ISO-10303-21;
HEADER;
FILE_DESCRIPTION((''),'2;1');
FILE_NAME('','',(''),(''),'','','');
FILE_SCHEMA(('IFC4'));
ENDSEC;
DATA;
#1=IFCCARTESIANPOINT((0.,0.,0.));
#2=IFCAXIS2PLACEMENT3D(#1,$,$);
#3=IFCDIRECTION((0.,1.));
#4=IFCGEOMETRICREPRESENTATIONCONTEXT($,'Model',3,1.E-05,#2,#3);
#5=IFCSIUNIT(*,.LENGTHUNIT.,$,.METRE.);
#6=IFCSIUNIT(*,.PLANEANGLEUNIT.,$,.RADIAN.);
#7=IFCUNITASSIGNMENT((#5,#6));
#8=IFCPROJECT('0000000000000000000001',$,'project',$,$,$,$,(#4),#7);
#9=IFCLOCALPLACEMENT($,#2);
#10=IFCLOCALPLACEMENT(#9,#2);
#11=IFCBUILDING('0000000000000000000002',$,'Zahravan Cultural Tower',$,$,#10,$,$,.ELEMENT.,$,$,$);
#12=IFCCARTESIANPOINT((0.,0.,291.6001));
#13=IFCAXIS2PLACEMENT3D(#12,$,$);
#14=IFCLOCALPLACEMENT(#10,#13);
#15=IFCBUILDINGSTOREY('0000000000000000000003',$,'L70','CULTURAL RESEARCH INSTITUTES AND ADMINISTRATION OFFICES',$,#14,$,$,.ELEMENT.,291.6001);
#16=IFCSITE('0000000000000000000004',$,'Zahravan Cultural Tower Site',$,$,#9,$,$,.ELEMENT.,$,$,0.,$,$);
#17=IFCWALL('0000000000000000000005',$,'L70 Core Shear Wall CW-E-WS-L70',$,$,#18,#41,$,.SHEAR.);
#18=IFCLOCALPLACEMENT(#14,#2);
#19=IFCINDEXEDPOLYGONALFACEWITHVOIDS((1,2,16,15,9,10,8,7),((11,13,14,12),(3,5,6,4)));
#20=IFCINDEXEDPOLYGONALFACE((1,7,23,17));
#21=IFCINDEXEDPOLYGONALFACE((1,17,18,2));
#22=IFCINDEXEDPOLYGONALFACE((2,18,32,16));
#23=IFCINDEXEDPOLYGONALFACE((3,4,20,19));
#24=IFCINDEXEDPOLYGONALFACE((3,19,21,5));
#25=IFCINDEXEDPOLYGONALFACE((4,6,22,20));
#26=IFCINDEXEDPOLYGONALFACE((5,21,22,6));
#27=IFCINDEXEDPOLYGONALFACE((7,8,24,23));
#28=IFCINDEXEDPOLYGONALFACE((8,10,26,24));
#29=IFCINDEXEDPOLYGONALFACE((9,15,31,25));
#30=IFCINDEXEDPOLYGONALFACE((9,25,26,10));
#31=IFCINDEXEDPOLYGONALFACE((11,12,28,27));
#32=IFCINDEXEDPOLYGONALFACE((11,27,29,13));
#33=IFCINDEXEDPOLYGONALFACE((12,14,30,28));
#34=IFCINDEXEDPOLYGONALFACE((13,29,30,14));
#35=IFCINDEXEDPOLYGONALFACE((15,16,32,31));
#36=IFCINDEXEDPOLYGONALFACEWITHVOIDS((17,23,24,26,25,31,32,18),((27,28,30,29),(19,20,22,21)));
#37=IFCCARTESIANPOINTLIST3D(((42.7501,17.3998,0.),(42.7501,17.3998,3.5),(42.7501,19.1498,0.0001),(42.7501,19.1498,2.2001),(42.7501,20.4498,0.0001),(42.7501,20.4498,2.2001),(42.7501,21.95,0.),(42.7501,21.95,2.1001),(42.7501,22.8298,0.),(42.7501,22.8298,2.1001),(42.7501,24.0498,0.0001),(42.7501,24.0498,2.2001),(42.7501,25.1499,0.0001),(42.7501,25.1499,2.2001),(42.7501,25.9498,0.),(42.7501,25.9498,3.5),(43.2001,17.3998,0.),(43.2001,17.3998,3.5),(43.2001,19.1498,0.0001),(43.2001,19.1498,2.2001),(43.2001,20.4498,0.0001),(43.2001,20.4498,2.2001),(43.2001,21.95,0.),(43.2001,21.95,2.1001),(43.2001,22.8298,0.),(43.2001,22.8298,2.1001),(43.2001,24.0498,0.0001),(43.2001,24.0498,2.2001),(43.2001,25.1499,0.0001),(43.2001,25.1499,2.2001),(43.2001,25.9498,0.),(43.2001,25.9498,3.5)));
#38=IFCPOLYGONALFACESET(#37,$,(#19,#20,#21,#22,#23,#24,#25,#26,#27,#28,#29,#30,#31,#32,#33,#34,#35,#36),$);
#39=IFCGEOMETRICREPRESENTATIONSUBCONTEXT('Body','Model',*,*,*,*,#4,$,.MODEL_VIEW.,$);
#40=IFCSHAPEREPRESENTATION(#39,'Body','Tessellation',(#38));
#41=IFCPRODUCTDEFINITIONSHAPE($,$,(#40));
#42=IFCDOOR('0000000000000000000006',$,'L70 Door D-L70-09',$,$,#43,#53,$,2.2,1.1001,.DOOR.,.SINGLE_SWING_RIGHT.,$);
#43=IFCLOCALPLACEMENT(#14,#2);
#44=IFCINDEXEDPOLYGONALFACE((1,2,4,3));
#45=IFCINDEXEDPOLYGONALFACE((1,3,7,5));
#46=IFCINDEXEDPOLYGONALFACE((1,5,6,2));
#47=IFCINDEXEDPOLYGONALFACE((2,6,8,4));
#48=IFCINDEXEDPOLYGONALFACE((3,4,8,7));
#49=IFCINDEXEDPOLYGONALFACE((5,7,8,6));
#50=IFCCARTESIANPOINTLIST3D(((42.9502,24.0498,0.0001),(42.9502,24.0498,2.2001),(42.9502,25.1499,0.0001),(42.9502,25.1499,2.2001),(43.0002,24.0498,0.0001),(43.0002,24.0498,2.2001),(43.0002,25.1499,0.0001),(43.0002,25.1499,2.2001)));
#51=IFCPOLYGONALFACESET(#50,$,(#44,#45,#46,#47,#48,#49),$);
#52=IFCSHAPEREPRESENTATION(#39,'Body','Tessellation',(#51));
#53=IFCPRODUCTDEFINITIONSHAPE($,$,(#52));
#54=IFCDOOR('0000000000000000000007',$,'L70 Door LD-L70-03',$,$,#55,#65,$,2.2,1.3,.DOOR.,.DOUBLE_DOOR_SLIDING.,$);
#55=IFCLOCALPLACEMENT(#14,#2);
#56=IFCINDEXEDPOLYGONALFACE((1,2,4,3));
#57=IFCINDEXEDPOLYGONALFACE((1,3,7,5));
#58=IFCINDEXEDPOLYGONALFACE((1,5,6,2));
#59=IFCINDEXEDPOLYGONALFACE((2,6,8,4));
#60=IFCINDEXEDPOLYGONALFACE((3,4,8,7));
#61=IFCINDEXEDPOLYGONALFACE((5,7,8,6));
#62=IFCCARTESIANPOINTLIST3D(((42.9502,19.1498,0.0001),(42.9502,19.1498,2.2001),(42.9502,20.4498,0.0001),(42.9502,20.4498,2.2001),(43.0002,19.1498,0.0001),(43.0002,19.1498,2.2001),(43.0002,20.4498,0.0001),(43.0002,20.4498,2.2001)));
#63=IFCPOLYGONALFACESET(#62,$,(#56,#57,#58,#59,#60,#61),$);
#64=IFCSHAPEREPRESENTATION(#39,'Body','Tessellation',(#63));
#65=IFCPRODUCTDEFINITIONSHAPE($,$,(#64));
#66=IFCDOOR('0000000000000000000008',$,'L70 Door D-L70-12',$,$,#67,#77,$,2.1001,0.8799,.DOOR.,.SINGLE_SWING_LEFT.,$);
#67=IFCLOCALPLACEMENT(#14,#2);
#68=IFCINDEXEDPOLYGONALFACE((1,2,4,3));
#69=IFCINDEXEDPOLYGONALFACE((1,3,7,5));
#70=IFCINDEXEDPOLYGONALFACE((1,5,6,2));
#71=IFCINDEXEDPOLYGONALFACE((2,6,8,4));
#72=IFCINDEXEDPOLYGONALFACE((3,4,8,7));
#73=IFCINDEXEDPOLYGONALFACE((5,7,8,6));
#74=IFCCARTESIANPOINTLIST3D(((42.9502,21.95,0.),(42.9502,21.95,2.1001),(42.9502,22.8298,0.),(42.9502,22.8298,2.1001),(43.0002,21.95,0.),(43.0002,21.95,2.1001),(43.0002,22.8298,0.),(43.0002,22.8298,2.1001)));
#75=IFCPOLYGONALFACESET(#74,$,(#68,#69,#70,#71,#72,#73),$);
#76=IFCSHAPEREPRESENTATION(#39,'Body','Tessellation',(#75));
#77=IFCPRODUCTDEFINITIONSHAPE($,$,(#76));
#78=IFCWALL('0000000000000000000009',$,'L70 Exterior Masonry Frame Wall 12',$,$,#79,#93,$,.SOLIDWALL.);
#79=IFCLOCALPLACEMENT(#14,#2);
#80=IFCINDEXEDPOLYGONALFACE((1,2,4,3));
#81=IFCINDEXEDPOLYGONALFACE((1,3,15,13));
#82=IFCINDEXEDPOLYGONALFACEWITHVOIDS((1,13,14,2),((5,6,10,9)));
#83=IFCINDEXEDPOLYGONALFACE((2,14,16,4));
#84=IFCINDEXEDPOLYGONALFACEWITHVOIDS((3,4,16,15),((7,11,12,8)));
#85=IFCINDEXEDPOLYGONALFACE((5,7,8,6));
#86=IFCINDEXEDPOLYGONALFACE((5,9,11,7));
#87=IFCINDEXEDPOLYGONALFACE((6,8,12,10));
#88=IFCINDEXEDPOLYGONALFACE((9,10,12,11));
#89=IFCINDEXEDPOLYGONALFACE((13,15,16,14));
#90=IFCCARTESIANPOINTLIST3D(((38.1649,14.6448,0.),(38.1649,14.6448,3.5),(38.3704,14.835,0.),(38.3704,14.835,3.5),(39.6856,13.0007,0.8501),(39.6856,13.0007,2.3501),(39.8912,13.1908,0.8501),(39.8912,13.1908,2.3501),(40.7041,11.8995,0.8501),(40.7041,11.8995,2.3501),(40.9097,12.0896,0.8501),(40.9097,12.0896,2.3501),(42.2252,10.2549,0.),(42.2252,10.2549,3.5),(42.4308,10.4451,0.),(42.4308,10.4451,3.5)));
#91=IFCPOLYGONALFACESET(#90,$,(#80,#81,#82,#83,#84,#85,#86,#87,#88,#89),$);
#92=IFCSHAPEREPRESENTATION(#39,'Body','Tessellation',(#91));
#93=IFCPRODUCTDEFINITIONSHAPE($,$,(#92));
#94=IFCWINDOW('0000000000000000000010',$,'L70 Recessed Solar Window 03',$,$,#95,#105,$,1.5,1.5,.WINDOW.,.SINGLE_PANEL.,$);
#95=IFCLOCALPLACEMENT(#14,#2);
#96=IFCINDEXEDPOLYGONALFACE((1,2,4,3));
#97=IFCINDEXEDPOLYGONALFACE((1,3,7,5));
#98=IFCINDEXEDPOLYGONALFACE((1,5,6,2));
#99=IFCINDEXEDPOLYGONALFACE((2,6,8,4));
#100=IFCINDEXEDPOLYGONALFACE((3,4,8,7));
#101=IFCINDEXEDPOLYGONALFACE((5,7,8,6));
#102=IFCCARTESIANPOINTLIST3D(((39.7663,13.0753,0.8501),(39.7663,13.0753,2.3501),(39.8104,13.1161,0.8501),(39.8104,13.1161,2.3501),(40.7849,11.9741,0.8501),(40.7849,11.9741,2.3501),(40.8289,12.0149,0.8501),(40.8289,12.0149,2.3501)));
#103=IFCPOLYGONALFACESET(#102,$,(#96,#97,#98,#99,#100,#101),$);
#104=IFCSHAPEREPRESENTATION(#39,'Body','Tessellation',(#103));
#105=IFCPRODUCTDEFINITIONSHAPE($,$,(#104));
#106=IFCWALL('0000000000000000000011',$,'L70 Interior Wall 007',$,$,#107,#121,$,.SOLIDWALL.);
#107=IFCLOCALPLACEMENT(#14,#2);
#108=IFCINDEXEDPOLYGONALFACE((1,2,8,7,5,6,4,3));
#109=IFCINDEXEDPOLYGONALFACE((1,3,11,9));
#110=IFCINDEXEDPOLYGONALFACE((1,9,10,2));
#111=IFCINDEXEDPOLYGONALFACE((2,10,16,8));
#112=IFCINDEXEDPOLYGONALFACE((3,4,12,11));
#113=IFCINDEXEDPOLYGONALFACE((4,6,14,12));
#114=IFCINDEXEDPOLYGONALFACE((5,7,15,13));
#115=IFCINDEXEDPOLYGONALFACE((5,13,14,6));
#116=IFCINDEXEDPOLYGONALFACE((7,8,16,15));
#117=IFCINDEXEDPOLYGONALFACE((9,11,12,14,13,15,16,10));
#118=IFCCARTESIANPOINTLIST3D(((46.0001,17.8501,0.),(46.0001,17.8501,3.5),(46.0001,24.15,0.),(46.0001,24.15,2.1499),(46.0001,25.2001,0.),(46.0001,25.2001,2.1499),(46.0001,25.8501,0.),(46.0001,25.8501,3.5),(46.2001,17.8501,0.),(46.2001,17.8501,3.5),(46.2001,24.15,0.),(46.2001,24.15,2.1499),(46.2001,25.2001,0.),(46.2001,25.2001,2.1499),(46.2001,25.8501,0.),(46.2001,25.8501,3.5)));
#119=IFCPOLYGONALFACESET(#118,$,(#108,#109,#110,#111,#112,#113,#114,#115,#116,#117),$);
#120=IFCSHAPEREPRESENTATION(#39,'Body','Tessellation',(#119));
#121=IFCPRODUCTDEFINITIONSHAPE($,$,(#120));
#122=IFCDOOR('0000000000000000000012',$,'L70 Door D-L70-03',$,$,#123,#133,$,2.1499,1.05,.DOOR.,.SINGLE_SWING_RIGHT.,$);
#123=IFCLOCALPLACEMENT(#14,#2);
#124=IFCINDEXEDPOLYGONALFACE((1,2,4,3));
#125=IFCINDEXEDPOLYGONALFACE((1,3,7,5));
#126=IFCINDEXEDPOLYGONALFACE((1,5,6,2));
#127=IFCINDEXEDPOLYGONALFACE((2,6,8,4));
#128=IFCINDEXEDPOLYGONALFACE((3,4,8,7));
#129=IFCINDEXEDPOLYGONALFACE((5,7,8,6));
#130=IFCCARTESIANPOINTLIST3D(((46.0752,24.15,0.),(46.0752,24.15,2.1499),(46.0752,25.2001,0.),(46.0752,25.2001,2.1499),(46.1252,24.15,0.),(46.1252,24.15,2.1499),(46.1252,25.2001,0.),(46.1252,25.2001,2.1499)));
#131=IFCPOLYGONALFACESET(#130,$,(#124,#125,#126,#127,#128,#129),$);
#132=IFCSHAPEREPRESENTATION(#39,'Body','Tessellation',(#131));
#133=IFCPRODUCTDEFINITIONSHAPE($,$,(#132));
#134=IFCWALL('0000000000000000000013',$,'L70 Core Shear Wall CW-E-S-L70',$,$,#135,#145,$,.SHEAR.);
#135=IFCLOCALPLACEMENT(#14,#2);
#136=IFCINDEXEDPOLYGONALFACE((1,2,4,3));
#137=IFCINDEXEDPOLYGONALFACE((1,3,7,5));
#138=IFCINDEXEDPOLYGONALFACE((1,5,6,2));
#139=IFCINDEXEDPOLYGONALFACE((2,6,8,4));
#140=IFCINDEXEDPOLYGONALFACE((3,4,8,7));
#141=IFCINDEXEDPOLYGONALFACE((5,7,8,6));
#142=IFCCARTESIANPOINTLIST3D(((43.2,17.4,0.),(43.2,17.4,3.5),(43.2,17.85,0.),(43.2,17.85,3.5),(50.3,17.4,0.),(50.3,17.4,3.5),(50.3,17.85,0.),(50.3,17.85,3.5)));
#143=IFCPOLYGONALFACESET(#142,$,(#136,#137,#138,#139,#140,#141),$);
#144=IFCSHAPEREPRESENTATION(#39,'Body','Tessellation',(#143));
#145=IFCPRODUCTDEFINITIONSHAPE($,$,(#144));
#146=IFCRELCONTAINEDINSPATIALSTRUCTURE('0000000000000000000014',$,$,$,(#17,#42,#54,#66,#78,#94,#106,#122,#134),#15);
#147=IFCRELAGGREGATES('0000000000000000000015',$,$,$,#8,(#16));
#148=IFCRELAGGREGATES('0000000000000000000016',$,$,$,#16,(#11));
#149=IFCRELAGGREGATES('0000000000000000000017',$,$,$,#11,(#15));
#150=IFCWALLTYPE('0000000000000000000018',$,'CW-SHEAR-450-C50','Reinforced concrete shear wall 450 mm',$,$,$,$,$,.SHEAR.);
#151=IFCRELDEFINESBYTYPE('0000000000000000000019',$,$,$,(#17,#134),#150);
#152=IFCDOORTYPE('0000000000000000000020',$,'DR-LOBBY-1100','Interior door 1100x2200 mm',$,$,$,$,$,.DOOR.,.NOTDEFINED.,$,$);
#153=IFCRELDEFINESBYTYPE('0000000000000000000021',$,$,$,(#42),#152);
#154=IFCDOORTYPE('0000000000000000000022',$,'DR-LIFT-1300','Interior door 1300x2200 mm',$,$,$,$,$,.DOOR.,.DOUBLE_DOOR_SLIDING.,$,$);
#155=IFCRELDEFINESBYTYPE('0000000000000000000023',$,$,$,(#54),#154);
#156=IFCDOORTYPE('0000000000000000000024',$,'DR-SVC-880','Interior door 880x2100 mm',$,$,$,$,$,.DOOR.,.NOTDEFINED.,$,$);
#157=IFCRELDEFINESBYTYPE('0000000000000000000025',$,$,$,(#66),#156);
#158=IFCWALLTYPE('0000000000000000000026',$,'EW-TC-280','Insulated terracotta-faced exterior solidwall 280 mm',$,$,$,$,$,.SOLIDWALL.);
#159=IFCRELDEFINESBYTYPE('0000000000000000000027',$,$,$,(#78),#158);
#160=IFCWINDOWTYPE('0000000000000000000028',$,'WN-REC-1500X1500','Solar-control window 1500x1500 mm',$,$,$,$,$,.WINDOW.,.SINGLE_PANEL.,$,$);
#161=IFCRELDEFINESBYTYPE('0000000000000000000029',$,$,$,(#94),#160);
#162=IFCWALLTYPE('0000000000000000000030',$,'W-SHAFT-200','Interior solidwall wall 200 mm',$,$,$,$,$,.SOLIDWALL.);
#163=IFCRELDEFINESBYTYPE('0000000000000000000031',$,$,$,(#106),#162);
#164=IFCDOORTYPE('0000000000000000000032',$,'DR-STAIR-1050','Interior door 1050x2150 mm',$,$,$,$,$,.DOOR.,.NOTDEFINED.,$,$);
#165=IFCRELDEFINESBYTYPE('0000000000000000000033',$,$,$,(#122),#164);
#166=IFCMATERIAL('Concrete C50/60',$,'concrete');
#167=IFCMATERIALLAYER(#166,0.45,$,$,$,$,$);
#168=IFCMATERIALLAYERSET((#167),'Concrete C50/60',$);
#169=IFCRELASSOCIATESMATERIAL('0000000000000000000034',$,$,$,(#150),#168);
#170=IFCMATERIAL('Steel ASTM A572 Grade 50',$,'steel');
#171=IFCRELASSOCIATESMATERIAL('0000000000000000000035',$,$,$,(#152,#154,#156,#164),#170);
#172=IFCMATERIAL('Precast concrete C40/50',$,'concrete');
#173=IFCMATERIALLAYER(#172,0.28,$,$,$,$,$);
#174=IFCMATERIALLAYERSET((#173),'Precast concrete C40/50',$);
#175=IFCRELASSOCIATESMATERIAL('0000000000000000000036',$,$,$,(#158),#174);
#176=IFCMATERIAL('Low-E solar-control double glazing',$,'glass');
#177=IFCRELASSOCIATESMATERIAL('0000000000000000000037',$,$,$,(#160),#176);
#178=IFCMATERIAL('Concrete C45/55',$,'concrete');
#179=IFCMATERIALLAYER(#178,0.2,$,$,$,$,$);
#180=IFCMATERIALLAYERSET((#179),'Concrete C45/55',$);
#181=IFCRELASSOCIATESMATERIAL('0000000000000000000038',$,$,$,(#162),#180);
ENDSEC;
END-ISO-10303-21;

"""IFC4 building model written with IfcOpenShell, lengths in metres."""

from ifc_helpers import new_model, si_unit, direction, frame, frame_2d, origin, place, context, subcontext, project, spatial, rectangle, extrude, source, transform, mapped, material, layer, layer_set, type_object, element, fill, save


model = new_model("IFC4")

# Units and contexts
model_context = context("Model", 3, precision=1e-05, world=origin(), true_north=direction((0.0, 1.0)))
body_context = subcontext(model_context, "Body", "Model", "MODEL_VIEW")
ifc_project = project(units=[si_unit("LENGTHUNIT", "METRE"), si_unit("PLANEANGLEUNIT", "RADIAN")], contexts=[model_context])

# Site, building, storey
site_placement = place(None, origin())
site = spatial("IfcSite", under=ifc_project, at=site_placement, Name="Zahravan Cultural Tower Site", CompositionType="ELEMENT", RefElevation=0.0)
building_placement = place(site_placement, origin())
building = spatial("IfcBuilding", under=site, at=building_placement, Name="Zahravan Cultural Tower", CompositionType="ELEMENT")
storey_placement = place(building_placement, frame((0.0, 0.0, 291.6001)))
storey = spatial("IfcBuildingStorey", under=building, at=storey_placement, Name="L70", Description="CULTURAL RESEARCH INSTITUTES AND ADMINISTRATION OFFICES", CompositionType="ELEMENT", Elevation=291.6001)

# Shared definitions
ifc_material_1 = material(Name="Concrete C50/60", Category="concrete")

# Shared definitions
ifc_material_2 = material(Name="Concrete C45/55", Category="concrete")

# Wall, openings, doors
ifc_layer_1 = layer(ifc_material_1, 0.45)
ifc_layer_set_1 = layer_set([ifc_layer_1], Name="Concrete C50/60")
wall_type_1 = type_object("IfcWallType", Name="CW-SHEAR-450-C50", Description="Reinforced concrete shear wall 450 mm", PredefinedType="SHEAR", material=ifc_layer_set_1)
wall_1_placement = place(storey_placement, frame((42.9751, 17.3999, 0.0), z_axis=(0.0, 0.0, 1.0), x_axis=(0.0, 1.0, 0.0)))
wall_1 = element("IfcWall", 1, at=wall_1_placement, inside=storey, type_object=wall_type_1, Name="L70 Core Shear Wall CW-E-WS-L70", PredefinedType="SHEAR", context=body_context, shape_type="SweptSolid", body=[
    extrude(rectangle(XDim=8.55, YDim=0.45, at=frame_2d((4.2749, 0.0))), origin(), (0.0, 0.0, 1.0), 3.5),
])
opening_1_placement = place(wall_1_placement, frame((6.6499, 0.0, 0.0)))
opening_1 = element("IfcOpeningElement", 2, at=opening_1_placement, cuts=wall_1, PredefinedType="OPENING", context=body_context, shape_type="SweptSolid", body=[
    extrude(rectangle(XDim=1.1001, YDim=2.2, at=frame_2d((0.55, 1.1001))), frame((0.0, 0.2349, 0.0), z_axis=(0.0, -1.0, 0.0), x_axis=(1.0, 0.0, 0.0)), (0.0, 0.0, 1.0), 0.47),
])
opening_2_placement = place(wall_1_placement, frame((1.75, 0.0, 0.0)))
opening_2 = element("IfcOpeningElement", 3, at=opening_2_placement, cuts=wall_1, PredefinedType="OPENING", context=body_context, shape_type="SweptSolid", body=[
    extrude(rectangle(XDim=1.3, YDim=2.2, at=frame_2d((0.6499, 1.1001))), frame((0.0, 0.2349, 0.0), z_axis=(0.0, -1.0, 0.0), x_axis=(1.0, 0.0, 0.0)), (0.0, 0.0, 1.0), 0.47),
])
opening_3_placement = place(wall_1_placement, frame((4.55, 0.0, 0.0)))
opening_3 = element("IfcOpeningElement", 4, at=opening_3_placement, cuts=wall_1, PredefinedType="OPENING", context=body_context, shape_type="SweptSolid", body=[
    extrude(rectangle(XDim=0.8799, YDim=2.1001, at=frame_2d((0.4399, 1.05))), frame((0.0, 0.2349, 0.0), z_axis=(0.0, -1.0, 0.0), x_axis=(1.0, 0.0, 0.0)), (0.0, 0.0, 1.0), 0.47),
])
ifc_material_3 = material(Name="Steel ASTM A572 Grade 50", Category="steel")
door_type_1 = type_object("IfcDoorType", Name="DR-LOBBY-1100", Description="Interior door 1100x2200 mm", OperationType="NOTDEFINED", PredefinedType="DOOR", material=ifc_material_3)
shared_shape_1 = source(origin(), body_context, "Body", "SweptSolid", [
    extrude(rectangle(XDim=1.1001, YDim=2.2, at=frame_2d((0.55, 1.1001))), frame((0.0, 0.0249, 0.0), z_axis=(0.0, -1.0, 0.0), x_axis=(1.0, 0.0, 0.0)), (0.0, 0.0, 1.0), 0.05),
])
door_1_placement = place(opening_1_placement, origin())
door_1 = element("IfcDoor", 5, at=door_1_placement, inside=storey, type_object=door_type_1, Name="L70 Door D-L70-09", OperationType="SINGLE_SWING_RIGHT", OverallHeight=2.2, OverallWidth=1.1001, PredefinedType="DOOR", context=body_context, shape_type="MappedRepresentation", body=[
    mapped(shared_shape_1, transform((0.0, 0.0, 0.0), x_axis=(1.0, 0.0, 0.0), y_axis=(0.0, 1.0, 0.0), z_axis=(0.0, 0.0, 1.0), scale=1.0)),
])
fill(opening_1, door_1)
door_type_2 = type_object("IfcDoorType", Name="DR-LIFT-1300", Description="Interior door 1300x2200 mm", OperationType="DOUBLE_DOOR_SLIDING", PredefinedType="DOOR", material=ifc_material_3)
shared_shape_2 = source(origin(), body_context, "Body", "SweptSolid", [
    extrude(rectangle(XDim=1.3, YDim=2.2, at=frame_2d((0.6499, 1.1001))), frame((0.0, 0.0249, 0.0), z_axis=(0.0, -1.0, 0.0), x_axis=(1.0, 0.0, 0.0)), (0.0, 0.0, 1.0), 0.05),
])
door_2_placement = place(opening_2_placement, origin())
door_2 = element("IfcDoor", 6, at=door_2_placement, inside=storey, type_object=door_type_2, Name="L70 Door LD-L70-03", OperationType="DOUBLE_DOOR_SLIDING", OverallHeight=2.2, OverallWidth=1.3, PredefinedType="DOOR", context=body_context, shape_type="MappedRepresentation", body=[
    mapped(shared_shape_2, transform((0.0, 0.0, 0.0), x_axis=(1.0, 0.0, 0.0), y_axis=(0.0, 1.0, 0.0), z_axis=(0.0, 0.0, 1.0), scale=1.0)),
])
fill(opening_2, door_2)
door_type_3 = type_object("IfcDoorType", Name="DR-SVC-880", Description="Interior door 880x2100 mm", OperationType="NOTDEFINED", PredefinedType="DOOR", material=ifc_material_3)
shared_shape_3 = source(origin(), body_context, "Body", "SweptSolid", [
    extrude(rectangle(XDim=0.8799, YDim=2.1001, at=frame_2d((0.4399, 1.05))), frame((0.0, 0.0249, 0.0), z_axis=(0.0, -1.0, 0.0), x_axis=(1.0, 0.0, 0.0)), (0.0, 0.0, 1.0), 0.05),
])
door_3_placement = place(opening_3_placement, origin())
door_3 = element("IfcDoor", 7, at=door_3_placement, inside=storey, type_object=door_type_3, Name="L70 Door D-L70-12", OperationType="SINGLE_SWING_LEFT", OverallHeight=2.1001, OverallWidth=0.8799, PredefinedType="DOOR", context=body_context, shape_type="MappedRepresentation", body=[
    mapped(shared_shape_3, transform((0.0, 0.0, 0.0), x_axis=(1.0, 0.0, 0.0), y_axis=(0.0, 1.0, 0.0), z_axis=(0.0, 0.0, 1.0), scale=1.0)),
])
fill(opening_3, door_3)

# Wall, opening, window
ifc_material_4 = material(Name="Precast concrete C40/50", Category="concrete")
ifc_layer_2 = layer(ifc_material_4, 0.28)
ifc_layer_set_2 = layer_set([ifc_layer_2], Name="Precast concrete C40/50")
wall_type_2 = type_object("IfcWallType", Name="EW-TC-280", Description="Insulated terracotta-faced exterior solidwall 280 mm", PredefinedType="SOLIDWALL", material=ifc_layer_set_2)
wall_2_placement = place(storey_placement, frame((42.3279, 10.3501, 0.0), z_axis=(0.0, 0.0, 1.0), x_axis=(-0.679011, 0.734128, 0.0)))
wall_2 = element("IfcWall", 8, at=wall_2_placement, inside=storey, type_object=wall_type_2, Name="L70 Exterior Masonry Frame Wall 12", PredefinedType="SOLIDWALL", context=body_context, shape_type="SweptSolid", body=[
    extrude(rectangle(XDim=5.9797, YDim=0.28, at=frame_2d((2.9897, 0.0))), origin(), (0.0, 0.0, 1.0), 3.5),
])
opening_4_placement = place(wall_2_placement, frame((2.24, 0.0, 0.8501)))
opening_4 = element("IfcOpeningElement", 9, at=opening_4_placement, cuts=wall_2, PredefinedType="OPENING", context=body_context, shape_type="SweptSolid", body=[
    extrude(rectangle(XDim=1.5, YDim=1.5, at=frame_2d((0.75, 0.75))), frame((0.0, 0.1499, 0.0), z_axis=(0.0, -1.0, 0.0), x_axis=(1.0, 0.0, 0.0)), (0.0, 0.0, 1.0), 0.3),
])
ifc_material_5 = material(Name="Low-E solar-control double glazing", Category="glass")
window_type = type_object("IfcWindowType", Name="WN-REC-1500X1500", Description="Solar-control window 1500x1500 mm", PartitioningType="SINGLE_PANEL", PredefinedType="WINDOW", material=ifc_material_5)
shared_shape_4 = source(origin(), body_context, "Body", "SweptSolid", [
    extrude(rectangle(XDim=1.5, YDim=1.5, at=frame_2d((0.75, 0.75))), frame((0.0, 0.03, 0.0), z_axis=(0.0, -1.0, 0.0), x_axis=(1.0, 0.0, 0.0)), (0.0, 0.0, 1.0), 0.0601),
])
window_placement = place(opening_4_placement, origin())
window = element("IfcWindow", 10, at=window_placement, inside=storey, type_object=window_type, Name="L70 Recessed Solar Window 03", OverallHeight=1.5, OverallWidth=1.5, PartitioningType="SINGLE_PANEL", PredefinedType="WINDOW", context=body_context, shape_type="MappedRepresentation", body=[
    mapped(shared_shape_4, transform((0.0, 0.0, 0.0), x_axis=(1.0, 0.0, 0.0), y_axis=(0.0, 1.0, 0.0), z_axis=(0.0, 0.0, 1.0), scale=1.0)),
])
fill(opening_4, window)

# Wall, opening, door
ifc_layer_3 = layer(ifc_material_2, 0.2)
ifc_layer_set_3 = layer_set([ifc_layer_3], Name="Concrete C45/55")
wall_type_3 = type_object("IfcWallType", Name="W-SHAFT-200", Description="Interior solidwall wall 200 mm", PredefinedType="SOLIDWALL", material=ifc_layer_set_3)
wall_3_placement = place(storey_placement, frame((46.1001, 17.8501, 0.0), z_axis=(0.0, 0.0, 1.0), x_axis=(0.0, 1.0, 0.0)))
wall_3 = element("IfcWall", 11, at=wall_3_placement, inside=storey, type_object=wall_type_3, Name="L70 Interior Wall 007", PredefinedType="SOLIDWALL", context=body_context, shape_type="SweptSolid", body=[
    extrude(rectangle(XDim=8.0, YDim=0.2, at=frame_2d((4.0, 0.0))), origin(), (0.0, 0.0, 1.0), 3.5),
])
opening_5_placement = place(wall_3_placement, frame((6.3, 0.0, 0.0)))
opening_5 = element("IfcOpeningElement", 12, at=opening_5_placement, cuts=wall_3, PredefinedType="OPENING", context=body_context, shape_type="SweptSolid", body=[
    extrude(rectangle(XDim=1.05, YDim=2.1499, at=frame_2d((0.5249, 1.075))), frame((0.0, 0.1099, 0.0), z_axis=(0.0, -1.0, 0.0), x_axis=(1.0, 0.0, 0.0)), (0.0, 0.0, 1.0), 0.22),
])
door_type_4 = type_object("IfcDoorType", Name="DR-STAIR-1050", Description="Interior door 1050x2150 mm", OperationType="NOTDEFINED", PredefinedType="DOOR", material=ifc_material_3)
shared_shape_5 = source(origin(), body_context, "Body", "SweptSolid", [
    extrude(rectangle(XDim=1.05, YDim=2.1499, at=frame_2d((0.5249, 1.075))), frame((0.0, 0.0249, 0.0), z_axis=(0.0, -1.0, 0.0), x_axis=(1.0, 0.0, 0.0)), (0.0, 0.0, 1.0), 0.05),
])
door_4_placement = place(opening_5_placement, origin())
door_4 = element("IfcDoor", 13, at=door_4_placement, inside=storey, type_object=door_type_4, Name="L70 Door D-L70-03", OperationType="SINGLE_SWING_RIGHT", OverallHeight=2.1499, OverallWidth=1.05, PredefinedType="DOOR", context=body_context, shape_type="MappedRepresentation", body=[
    mapped(shared_shape_5, transform((0.0, 0.0, 0.0), x_axis=(1.0, 0.0, 0.0), y_axis=(0.0, 1.0, 0.0), z_axis=(0.0, 0.0, 1.0), scale=1.0)),
])
fill(opening_5, door_4)

# Wall
shared_shape_6 = source(origin(), body_context, "Body", "SweptSolid", [
    extrude(rectangle(XDim=7.1001, YDim=0.45, at=frame_2d((3.55, 0.0))), origin(), (0.0, 0.0, 1.0), 3.5),
])
wall_4_placement = place(storey_placement, frame((43.2, 17.625, 0.0), z_axis=(0.0, 0.0, 1.0), x_axis=(1.0, 0.0, 0.0)))
element("IfcWall", 14, at=wall_4_placement, inside=storey, type_object=wall_type_1, Name="L70 Core Shear Wall CW-E-S-L70", PredefinedType="SHEAR", context=body_context, shape_type="MappedRepresentation", body=[
    mapped(shared_shape_6, transform((0.0, 0.0, 0.0), x_axis=(1.0, 0.0, 0.0), y_axis=(0.0, 1.0, 0.0), z_axis=(0.0, 0.0, 1.0), scale=1.0)),
])

save(model, "model.ifc")
